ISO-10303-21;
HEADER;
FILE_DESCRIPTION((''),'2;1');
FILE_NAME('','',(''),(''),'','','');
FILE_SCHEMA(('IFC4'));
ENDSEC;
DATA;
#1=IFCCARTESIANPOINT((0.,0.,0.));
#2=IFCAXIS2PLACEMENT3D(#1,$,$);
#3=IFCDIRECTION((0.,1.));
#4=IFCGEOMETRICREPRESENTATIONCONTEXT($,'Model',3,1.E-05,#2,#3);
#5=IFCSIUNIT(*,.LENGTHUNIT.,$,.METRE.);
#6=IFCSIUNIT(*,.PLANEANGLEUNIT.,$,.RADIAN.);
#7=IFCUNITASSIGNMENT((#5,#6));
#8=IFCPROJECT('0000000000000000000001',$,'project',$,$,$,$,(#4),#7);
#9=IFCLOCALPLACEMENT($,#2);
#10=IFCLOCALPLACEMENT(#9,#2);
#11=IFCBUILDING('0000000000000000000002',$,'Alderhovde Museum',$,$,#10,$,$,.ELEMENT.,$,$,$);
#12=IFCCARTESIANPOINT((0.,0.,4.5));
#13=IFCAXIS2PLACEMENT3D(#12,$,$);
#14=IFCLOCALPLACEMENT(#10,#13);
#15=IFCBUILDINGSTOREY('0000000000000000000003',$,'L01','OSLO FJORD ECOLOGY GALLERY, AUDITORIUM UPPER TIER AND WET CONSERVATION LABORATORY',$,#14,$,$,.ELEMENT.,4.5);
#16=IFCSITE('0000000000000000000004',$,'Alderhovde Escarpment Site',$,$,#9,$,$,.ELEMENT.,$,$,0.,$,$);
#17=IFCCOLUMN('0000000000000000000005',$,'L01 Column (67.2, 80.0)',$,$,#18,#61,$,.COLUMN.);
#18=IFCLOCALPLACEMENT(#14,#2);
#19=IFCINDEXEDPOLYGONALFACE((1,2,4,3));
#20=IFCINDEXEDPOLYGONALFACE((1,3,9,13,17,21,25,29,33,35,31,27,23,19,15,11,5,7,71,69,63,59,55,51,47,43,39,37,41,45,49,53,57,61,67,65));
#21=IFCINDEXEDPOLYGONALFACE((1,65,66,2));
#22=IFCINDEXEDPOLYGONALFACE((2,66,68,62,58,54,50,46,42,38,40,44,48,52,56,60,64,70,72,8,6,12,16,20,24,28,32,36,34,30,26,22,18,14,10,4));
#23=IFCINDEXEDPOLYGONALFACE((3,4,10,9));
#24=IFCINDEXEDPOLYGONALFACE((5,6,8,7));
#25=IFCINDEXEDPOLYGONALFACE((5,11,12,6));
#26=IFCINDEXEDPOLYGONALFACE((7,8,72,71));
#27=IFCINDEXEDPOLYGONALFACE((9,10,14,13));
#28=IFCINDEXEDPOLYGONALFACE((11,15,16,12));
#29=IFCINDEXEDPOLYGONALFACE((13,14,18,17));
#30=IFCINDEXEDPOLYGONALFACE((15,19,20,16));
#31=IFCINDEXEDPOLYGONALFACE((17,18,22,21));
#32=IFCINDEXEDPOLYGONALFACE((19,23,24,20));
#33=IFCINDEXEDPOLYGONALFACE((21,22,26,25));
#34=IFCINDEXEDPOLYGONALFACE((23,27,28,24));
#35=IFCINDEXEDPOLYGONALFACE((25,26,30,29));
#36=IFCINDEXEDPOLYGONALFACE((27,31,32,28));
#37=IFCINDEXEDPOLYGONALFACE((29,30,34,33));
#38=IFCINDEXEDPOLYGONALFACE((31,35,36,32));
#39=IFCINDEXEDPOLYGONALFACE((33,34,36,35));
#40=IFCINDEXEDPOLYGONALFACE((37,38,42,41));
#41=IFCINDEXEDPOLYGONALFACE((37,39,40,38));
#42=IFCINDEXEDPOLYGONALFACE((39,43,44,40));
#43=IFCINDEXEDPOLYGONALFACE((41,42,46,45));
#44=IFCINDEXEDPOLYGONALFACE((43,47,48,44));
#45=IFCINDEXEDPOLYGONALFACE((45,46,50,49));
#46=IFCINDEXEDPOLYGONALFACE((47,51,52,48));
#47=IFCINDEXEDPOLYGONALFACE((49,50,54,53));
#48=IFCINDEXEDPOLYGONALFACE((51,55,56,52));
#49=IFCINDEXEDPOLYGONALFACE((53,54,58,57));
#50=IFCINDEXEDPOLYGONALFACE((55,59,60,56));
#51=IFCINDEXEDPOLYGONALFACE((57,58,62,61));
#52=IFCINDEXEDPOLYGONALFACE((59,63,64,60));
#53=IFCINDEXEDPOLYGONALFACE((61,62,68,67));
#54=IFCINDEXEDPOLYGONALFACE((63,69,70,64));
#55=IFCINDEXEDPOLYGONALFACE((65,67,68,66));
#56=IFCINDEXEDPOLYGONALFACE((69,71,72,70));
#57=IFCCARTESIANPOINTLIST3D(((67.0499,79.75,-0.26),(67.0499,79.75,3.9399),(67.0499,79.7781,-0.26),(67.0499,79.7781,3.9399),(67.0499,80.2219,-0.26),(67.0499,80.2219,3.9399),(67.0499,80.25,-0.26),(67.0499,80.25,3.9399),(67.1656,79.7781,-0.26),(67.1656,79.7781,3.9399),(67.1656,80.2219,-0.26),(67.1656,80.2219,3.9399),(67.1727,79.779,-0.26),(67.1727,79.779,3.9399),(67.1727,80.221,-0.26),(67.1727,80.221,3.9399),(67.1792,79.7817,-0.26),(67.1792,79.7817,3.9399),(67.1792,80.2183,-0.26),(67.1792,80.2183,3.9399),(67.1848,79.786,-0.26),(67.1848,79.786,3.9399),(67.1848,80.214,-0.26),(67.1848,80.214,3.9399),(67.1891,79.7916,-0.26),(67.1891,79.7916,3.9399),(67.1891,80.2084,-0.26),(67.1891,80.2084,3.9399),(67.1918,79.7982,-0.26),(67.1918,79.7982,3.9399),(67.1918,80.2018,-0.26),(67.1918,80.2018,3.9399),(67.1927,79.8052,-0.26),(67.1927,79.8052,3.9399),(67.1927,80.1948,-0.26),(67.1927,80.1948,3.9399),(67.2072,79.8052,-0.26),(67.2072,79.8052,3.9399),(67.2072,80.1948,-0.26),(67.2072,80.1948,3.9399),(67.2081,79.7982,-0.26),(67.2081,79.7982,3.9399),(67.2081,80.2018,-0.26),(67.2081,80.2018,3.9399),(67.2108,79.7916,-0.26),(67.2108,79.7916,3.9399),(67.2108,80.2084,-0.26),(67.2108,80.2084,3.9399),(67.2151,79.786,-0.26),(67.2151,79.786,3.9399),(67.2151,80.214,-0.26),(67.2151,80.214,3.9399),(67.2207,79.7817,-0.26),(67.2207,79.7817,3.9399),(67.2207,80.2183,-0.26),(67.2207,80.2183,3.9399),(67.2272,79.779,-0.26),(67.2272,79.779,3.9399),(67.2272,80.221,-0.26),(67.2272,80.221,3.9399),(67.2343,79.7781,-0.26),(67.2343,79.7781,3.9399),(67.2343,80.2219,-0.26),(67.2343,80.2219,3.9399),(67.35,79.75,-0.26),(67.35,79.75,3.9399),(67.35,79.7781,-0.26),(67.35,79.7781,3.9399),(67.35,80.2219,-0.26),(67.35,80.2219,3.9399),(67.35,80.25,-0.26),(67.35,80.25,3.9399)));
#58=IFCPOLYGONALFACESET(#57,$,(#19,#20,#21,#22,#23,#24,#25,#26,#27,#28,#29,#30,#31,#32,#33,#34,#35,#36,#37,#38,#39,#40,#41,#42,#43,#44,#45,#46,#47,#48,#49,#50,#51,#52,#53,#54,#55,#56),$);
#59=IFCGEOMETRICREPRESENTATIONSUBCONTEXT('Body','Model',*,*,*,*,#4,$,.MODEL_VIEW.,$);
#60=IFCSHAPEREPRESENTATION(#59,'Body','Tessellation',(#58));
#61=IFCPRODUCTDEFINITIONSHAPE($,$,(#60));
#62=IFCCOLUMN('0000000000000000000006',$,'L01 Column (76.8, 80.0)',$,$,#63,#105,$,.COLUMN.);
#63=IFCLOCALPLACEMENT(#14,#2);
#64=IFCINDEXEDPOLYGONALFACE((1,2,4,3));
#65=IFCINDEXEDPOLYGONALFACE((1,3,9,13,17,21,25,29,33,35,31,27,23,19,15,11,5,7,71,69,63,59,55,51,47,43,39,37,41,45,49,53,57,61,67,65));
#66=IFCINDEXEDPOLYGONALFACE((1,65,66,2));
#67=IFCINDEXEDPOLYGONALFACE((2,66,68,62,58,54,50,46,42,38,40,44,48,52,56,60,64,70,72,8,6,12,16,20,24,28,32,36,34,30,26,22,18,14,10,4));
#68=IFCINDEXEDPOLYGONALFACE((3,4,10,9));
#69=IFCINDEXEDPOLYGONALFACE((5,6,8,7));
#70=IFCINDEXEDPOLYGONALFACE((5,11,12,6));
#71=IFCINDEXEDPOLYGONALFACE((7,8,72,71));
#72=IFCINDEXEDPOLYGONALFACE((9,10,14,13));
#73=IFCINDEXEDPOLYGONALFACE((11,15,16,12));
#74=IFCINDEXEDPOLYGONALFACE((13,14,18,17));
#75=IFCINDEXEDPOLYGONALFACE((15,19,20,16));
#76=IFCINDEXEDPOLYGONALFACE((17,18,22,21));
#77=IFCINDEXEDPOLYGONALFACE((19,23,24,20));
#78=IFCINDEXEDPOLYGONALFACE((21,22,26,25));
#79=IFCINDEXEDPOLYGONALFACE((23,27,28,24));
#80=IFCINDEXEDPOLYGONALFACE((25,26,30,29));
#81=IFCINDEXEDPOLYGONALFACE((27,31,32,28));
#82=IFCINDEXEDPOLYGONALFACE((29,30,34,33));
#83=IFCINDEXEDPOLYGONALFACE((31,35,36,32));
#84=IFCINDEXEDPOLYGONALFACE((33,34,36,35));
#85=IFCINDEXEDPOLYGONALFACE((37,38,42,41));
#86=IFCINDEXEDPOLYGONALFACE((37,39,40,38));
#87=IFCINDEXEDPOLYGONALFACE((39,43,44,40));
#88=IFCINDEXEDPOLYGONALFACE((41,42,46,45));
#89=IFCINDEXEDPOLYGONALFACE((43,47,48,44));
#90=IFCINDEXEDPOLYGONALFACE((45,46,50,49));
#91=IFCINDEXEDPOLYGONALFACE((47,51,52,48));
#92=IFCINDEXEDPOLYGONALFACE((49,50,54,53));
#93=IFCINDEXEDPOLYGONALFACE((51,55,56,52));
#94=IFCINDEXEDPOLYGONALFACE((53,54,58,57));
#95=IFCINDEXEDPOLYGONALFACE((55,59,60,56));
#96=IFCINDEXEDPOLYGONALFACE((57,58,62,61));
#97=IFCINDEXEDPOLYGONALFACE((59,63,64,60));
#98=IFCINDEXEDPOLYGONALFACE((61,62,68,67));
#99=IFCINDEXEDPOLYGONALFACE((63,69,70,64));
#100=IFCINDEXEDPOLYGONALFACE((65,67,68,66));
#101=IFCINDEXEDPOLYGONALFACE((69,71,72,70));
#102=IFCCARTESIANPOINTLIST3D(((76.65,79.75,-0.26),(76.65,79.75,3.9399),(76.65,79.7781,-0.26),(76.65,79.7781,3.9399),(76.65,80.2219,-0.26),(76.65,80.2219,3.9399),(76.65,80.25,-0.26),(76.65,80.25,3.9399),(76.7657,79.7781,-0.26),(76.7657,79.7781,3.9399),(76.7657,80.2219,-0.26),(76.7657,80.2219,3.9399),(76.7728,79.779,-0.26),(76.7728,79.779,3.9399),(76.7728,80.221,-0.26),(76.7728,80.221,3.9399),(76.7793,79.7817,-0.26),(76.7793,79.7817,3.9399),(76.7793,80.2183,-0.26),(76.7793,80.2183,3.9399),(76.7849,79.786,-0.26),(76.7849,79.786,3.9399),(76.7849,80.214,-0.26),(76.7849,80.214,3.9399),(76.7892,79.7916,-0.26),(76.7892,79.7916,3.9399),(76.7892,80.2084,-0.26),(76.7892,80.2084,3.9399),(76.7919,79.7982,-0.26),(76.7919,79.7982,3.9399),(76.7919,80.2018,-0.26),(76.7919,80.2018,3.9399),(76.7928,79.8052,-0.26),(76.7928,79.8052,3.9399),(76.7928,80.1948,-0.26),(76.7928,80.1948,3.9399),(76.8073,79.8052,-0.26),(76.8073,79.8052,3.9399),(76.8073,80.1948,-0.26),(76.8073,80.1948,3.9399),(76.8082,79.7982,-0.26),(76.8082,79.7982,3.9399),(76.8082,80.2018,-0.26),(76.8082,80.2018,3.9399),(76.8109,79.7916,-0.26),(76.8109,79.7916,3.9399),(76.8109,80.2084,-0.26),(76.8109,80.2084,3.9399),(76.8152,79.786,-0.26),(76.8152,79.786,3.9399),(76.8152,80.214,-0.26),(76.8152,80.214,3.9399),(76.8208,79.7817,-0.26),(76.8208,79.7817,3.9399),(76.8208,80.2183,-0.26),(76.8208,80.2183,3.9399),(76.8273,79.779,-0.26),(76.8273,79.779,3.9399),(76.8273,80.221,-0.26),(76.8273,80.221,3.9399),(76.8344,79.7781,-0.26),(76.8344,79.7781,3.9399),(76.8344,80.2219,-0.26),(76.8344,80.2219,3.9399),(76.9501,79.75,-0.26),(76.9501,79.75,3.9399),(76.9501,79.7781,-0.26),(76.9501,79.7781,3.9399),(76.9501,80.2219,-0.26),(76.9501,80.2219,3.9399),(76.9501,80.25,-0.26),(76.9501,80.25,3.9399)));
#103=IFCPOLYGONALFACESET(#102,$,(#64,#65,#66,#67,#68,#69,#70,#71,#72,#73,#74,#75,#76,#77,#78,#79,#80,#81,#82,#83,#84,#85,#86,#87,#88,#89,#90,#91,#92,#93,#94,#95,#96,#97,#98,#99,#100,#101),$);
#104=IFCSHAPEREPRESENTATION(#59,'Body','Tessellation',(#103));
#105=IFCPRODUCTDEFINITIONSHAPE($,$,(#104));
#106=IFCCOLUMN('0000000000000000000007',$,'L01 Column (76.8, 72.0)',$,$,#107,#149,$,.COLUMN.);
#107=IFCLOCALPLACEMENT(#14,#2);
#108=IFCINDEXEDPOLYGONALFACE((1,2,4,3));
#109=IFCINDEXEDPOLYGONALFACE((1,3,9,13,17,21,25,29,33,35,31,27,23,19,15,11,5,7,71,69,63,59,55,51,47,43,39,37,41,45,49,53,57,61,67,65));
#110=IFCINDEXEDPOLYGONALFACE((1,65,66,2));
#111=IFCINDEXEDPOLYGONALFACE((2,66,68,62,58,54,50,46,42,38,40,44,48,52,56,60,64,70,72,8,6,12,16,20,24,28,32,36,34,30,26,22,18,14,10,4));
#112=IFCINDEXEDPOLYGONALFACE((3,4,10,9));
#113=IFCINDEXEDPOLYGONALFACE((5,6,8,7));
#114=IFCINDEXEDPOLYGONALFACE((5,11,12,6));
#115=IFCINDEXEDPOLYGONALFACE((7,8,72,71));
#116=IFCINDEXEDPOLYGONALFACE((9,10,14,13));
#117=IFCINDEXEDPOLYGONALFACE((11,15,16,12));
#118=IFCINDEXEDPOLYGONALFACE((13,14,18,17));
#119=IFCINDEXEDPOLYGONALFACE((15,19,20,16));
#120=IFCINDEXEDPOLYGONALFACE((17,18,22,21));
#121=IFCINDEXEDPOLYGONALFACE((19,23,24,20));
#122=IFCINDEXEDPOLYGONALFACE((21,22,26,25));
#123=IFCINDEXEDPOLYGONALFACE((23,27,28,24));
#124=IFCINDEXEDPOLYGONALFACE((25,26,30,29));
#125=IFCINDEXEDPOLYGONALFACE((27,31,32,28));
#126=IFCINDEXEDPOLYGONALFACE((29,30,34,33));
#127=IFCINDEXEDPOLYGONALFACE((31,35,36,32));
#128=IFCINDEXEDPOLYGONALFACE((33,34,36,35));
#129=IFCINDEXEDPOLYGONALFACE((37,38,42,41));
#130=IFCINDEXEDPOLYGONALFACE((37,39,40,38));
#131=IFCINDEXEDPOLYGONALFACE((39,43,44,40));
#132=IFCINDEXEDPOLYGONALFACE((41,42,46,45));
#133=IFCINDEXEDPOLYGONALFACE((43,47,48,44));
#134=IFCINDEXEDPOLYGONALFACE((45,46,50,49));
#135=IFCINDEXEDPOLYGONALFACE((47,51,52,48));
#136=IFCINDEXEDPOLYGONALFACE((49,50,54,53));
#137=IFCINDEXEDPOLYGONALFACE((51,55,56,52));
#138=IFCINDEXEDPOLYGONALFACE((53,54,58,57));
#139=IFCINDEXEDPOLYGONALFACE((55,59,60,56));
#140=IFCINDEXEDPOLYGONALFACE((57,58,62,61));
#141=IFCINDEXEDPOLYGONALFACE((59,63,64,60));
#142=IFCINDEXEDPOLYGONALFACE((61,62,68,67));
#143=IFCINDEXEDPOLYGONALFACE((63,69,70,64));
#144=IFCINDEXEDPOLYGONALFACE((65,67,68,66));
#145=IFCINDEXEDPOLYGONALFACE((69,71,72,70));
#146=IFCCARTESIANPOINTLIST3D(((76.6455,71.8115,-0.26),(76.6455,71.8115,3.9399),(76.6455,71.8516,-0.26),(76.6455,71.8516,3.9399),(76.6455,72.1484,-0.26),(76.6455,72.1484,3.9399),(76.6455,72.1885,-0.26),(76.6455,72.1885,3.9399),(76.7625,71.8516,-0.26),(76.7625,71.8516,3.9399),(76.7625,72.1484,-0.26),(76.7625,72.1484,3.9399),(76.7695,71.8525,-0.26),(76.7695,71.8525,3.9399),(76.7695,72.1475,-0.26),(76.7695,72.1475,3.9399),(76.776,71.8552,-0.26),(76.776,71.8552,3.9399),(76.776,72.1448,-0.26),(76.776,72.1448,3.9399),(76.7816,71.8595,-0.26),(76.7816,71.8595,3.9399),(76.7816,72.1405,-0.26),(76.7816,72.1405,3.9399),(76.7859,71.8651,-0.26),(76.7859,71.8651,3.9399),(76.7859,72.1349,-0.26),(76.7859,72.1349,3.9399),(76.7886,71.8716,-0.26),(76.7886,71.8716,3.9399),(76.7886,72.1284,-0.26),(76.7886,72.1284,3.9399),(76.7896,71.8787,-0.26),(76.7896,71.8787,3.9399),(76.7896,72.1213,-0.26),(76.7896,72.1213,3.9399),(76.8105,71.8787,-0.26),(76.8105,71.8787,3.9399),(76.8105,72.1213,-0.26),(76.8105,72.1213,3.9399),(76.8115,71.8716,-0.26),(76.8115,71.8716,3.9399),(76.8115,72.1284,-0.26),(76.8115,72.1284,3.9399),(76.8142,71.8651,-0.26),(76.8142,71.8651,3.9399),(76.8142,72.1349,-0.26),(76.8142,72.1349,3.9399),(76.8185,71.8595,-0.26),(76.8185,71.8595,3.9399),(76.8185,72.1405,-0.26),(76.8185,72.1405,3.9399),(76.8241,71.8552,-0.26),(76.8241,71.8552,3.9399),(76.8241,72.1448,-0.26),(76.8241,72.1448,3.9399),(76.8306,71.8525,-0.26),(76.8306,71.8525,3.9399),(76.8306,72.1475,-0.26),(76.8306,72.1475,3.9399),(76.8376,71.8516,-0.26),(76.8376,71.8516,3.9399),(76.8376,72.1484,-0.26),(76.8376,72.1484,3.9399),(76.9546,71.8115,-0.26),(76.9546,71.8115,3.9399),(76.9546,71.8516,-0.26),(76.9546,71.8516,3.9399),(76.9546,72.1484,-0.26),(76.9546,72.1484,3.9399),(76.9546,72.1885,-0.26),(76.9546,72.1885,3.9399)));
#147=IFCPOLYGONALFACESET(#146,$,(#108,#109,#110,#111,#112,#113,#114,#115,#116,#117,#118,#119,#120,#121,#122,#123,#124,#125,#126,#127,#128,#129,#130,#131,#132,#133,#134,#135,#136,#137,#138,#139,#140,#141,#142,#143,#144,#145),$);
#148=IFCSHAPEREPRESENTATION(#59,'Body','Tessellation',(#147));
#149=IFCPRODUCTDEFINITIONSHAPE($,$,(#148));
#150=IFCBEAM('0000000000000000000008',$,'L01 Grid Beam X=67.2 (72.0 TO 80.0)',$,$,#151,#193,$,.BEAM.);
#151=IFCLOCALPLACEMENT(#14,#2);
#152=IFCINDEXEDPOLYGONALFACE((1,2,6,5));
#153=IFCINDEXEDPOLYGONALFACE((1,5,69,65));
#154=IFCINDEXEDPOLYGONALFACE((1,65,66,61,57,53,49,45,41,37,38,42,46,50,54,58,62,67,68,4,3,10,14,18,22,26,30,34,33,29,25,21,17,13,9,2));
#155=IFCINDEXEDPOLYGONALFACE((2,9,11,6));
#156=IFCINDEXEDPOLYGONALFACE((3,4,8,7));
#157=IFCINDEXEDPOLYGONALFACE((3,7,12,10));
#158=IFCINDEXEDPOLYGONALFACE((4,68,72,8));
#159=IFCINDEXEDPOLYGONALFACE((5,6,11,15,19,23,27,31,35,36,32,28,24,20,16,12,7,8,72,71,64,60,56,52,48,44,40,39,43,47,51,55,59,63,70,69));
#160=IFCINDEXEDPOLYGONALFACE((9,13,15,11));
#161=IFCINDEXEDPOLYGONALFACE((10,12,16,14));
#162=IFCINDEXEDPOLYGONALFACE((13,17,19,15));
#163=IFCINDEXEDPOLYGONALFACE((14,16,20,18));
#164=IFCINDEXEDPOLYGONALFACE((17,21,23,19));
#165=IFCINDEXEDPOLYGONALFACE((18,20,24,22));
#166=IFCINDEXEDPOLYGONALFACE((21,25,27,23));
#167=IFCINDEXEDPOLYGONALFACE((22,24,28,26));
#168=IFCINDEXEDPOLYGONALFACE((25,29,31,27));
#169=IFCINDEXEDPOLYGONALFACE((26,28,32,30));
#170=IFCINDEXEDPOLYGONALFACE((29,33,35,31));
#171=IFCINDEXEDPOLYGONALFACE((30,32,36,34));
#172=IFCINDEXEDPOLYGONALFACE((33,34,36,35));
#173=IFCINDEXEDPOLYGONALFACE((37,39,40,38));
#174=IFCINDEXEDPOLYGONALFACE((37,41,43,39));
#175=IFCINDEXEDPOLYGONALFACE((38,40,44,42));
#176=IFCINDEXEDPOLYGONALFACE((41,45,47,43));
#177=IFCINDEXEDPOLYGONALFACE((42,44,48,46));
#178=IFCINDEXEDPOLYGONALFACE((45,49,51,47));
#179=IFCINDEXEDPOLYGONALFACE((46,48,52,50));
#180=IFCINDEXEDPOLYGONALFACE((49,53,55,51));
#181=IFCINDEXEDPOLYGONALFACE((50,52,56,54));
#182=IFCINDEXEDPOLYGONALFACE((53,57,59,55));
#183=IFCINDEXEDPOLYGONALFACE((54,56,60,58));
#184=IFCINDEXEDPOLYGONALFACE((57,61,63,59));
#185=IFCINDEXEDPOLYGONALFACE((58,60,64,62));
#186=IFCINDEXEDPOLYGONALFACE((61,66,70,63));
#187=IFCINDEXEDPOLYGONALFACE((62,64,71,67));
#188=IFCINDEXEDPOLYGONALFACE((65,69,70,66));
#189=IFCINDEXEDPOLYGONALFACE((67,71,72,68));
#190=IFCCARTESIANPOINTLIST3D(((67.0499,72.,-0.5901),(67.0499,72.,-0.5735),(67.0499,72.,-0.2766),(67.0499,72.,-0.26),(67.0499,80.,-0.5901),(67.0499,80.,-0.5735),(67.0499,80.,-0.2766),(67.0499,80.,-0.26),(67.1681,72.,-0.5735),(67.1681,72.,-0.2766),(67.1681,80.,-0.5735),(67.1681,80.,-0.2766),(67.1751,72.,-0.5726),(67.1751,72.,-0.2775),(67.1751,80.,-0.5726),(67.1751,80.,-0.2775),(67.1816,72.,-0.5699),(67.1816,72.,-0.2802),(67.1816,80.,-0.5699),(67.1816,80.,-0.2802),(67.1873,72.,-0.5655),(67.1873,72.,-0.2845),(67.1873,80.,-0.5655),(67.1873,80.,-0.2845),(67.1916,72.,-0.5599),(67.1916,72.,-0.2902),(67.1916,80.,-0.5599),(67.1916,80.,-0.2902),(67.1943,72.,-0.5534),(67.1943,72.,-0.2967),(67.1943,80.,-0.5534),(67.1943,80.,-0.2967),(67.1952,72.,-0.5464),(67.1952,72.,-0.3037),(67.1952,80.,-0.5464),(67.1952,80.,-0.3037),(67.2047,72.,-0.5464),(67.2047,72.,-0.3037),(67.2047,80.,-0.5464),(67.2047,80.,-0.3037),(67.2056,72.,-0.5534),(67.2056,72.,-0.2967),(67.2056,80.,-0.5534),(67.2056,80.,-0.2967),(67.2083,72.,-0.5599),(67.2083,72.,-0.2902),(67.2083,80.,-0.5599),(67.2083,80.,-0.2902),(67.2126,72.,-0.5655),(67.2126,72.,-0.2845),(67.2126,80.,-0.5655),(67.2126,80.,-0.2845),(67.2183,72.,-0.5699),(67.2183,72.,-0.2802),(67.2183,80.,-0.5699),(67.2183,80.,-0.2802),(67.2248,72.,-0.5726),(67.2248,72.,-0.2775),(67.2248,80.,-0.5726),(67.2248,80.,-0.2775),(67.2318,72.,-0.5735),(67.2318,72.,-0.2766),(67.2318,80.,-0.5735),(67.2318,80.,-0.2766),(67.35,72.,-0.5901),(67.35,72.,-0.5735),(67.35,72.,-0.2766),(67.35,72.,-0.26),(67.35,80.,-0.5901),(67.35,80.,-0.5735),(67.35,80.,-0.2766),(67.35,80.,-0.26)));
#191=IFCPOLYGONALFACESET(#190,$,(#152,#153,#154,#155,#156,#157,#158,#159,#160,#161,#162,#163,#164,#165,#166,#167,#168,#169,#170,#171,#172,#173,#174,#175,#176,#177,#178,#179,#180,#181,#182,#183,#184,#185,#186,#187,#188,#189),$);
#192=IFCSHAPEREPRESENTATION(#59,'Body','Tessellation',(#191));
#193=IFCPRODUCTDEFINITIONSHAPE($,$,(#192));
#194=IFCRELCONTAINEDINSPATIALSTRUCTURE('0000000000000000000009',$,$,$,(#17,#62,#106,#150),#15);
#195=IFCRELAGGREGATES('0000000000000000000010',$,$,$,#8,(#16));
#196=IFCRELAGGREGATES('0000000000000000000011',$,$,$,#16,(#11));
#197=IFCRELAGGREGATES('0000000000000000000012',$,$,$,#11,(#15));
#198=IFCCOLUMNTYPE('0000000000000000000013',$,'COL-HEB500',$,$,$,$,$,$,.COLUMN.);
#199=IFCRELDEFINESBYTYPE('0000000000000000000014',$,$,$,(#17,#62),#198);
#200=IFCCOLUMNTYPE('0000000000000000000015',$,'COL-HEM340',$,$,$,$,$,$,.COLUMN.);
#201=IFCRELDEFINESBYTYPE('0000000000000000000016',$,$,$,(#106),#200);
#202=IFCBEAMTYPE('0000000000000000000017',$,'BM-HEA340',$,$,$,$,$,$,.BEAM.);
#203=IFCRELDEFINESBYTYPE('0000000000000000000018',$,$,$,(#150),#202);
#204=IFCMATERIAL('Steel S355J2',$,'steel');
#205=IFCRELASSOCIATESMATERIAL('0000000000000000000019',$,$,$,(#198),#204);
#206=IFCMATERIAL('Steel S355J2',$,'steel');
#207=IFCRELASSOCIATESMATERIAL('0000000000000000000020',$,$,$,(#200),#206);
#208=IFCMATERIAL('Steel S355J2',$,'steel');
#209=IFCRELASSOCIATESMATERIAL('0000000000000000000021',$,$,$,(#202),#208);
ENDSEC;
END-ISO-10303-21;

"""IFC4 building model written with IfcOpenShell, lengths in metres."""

from ifc_helpers import new_model, si_unit, direction, frame, origin, origin_2d, place, context, subcontext, project, spatial, i_section, extrude, material, material_profile, profile_set, type_object, element, save


model = new_model("IFC4")

# Units and contexts
model_context = context("Model", 3, precision=1e-05, world=origin(), true_north=direction((0.0, 1.0)))
body_context = subcontext(model_context, "Body", "Model", "MODEL_VIEW")
ifc_project = project(units=[si_unit("LENGTHUNIT", "METRE"), si_unit("PLANEANGLEUNIT", "RADIAN")], contexts=[model_context])

# Site, building, storey
site_placement = place(None, origin())
site = spatial("IfcSite", under=ifc_project, at=site_placement, Name="Alderhovde Escarpment Site", CompositionType="ELEMENT", RefElevation=0.0)
building_placement = place(site_placement, origin())
building = spatial("IfcBuilding", under=site, at=building_placement, Name="Alderhovde Museum", CompositionType="ELEMENT")
storey_placement = place(building_placement, frame((0.0, 0.0, 4.5)))
storey = spatial("IfcBuildingStorey", under=building, at=storey_placement, Name="L01", Description="OSLO FJORD ECOLOGY GALLERY, AUDITORIUM UPPER TIER AND WET CONSERVATION LABORATORY", CompositionType="ELEMENT", Elevation=4.5)

# Columns
ifc_material_1 = material(Name="Steel S355J2", Category="steel")
ifc_material_profile_1 = material_profile(ifc_material_1, i_section(OverallWidth=0.3, OverallDepth=0.5, WebThickness=0.0144, FlangeThickness=0.0281, FilletRadius=0.0271, at=origin_2d()), Name="HEB 500")
ifc_profile_set_1 = profile_set([ifc_material_profile_1], Name="Steel S355J2")
column_type_1 = type_object("IfcColumnType", Name="COL-HEB500", PredefinedType="COLUMN", material=ifc_profile_set_1)
for number, where, z_axis, x_axis, name in (
    (1, (67.2, 80.0, -0.26), (0.0, 0.0, 1.0), (1.0, 0.0, 0.0), "L01 Column (67.2, 80.0)"),
    (2, (76.8, 80.0, -0.26), (0.0, 0.0, 1.0), (1.0, 0.0, 0.0), "L01 Column (76.8, 80.0)"),
):
    element("IfcColumn", number, at=place(storey_placement, frame(where, z_axis=z_axis, x_axis=x_axis)), inside=storey, type_object=column_type_1, Name=name, PredefinedType="COLUMN", context=body_context, shape_type="SweptSolid", body=[
        extrude(i_section(OverallWidth=0.3, OverallDepth=0.5, WebThickness=0.0144, FlangeThickness=0.0281, FilletRadius=0.0271, at=origin_2d()), origin(), (0.0, 0.0, 1.0), 4.2),
    ])
ifc_material_2 = material(Name="Steel S355J2", Category="steel")
ifc_material_profile_2 = material_profile(ifc_material_2, i_section(OverallWidth=0.3091, OverallDepth=0.377, WebThickness=0.021, FlangeThickness=0.04, FilletRadius=0.0271, at=origin_2d()), Name="HEM 340")
ifc_profile_set_2 = profile_set([ifc_material_profile_2], Name="Steel S355J2")
column_type_2 = type_object("IfcColumnType", Name="COL-HEM340", PredefinedType="COLUMN", material=ifc_profile_set_2)
column_placement = place(storey_placement, frame((76.8, 72.0, -0.26), z_axis=(0.0, 0.0, 1.0), x_axis=(1.0, 0.0, 0.0)))
element("IfcColumn", 3, at=column_placement, inside=storey, type_object=column_type_2, Name="L01 Column (76.8, 72.0)", PredefinedType="COLUMN", context=body_context, shape_type="SweptSolid", body=[
    extrude(i_section(OverallWidth=0.3091, OverallDepth=0.377, WebThickness=0.021, FlangeThickness=0.04, FilletRadius=0.0271, at=origin_2d()), origin(), (0.0, 0.0, 1.0), 4.2),
])

# Beam
ifc_material_3 = material(Name="Steel S355J2", Category="steel")
ifc_material_profile_3 = material_profile(ifc_material_3, i_section(OverallWidth=0.3, OverallDepth=0.3301, WebThickness=0.0095, FlangeThickness=0.0166, FilletRadius=0.0271, at=origin_2d()), Name="HEA 340")
ifc_profile_set_3 = profile_set([ifc_material_profile_3], Name="Steel S355J2")
beam_type_1 = type_object("IfcBeamType", Name="BM-HEA340", PredefinedType="BEAM", material=ifc_profile_set_3)
for number, where, z_axis, x_axis, name in (
    (4, (67.2, 72.0, -0.425), (0.0, 1.0, 0.0), (-1.0, 0.0, 0.0), "L01 Grid Beam X=67.2 (72.0 TO 80.0)"),
):
    element("IfcBeam", number, at=place(storey_placement, frame(where, z_axis=z_axis, x_axis=x_axis)), inside=storey, type_object=beam_type_1, Name=name, PredefinedType="BEAM", context=body_context, shape_type="SweptSolid", body=[
        extrude(i_section(OverallWidth=0.3, OverallDepth=0.3301, WebThickness=0.0095, FlangeThickness=0.0166, FilletRadius=0.0271, at=origin_2d()), origin(), (0.0, 0.0, 1.0), 8.0),
    ])

save(model, "model.ifc")
